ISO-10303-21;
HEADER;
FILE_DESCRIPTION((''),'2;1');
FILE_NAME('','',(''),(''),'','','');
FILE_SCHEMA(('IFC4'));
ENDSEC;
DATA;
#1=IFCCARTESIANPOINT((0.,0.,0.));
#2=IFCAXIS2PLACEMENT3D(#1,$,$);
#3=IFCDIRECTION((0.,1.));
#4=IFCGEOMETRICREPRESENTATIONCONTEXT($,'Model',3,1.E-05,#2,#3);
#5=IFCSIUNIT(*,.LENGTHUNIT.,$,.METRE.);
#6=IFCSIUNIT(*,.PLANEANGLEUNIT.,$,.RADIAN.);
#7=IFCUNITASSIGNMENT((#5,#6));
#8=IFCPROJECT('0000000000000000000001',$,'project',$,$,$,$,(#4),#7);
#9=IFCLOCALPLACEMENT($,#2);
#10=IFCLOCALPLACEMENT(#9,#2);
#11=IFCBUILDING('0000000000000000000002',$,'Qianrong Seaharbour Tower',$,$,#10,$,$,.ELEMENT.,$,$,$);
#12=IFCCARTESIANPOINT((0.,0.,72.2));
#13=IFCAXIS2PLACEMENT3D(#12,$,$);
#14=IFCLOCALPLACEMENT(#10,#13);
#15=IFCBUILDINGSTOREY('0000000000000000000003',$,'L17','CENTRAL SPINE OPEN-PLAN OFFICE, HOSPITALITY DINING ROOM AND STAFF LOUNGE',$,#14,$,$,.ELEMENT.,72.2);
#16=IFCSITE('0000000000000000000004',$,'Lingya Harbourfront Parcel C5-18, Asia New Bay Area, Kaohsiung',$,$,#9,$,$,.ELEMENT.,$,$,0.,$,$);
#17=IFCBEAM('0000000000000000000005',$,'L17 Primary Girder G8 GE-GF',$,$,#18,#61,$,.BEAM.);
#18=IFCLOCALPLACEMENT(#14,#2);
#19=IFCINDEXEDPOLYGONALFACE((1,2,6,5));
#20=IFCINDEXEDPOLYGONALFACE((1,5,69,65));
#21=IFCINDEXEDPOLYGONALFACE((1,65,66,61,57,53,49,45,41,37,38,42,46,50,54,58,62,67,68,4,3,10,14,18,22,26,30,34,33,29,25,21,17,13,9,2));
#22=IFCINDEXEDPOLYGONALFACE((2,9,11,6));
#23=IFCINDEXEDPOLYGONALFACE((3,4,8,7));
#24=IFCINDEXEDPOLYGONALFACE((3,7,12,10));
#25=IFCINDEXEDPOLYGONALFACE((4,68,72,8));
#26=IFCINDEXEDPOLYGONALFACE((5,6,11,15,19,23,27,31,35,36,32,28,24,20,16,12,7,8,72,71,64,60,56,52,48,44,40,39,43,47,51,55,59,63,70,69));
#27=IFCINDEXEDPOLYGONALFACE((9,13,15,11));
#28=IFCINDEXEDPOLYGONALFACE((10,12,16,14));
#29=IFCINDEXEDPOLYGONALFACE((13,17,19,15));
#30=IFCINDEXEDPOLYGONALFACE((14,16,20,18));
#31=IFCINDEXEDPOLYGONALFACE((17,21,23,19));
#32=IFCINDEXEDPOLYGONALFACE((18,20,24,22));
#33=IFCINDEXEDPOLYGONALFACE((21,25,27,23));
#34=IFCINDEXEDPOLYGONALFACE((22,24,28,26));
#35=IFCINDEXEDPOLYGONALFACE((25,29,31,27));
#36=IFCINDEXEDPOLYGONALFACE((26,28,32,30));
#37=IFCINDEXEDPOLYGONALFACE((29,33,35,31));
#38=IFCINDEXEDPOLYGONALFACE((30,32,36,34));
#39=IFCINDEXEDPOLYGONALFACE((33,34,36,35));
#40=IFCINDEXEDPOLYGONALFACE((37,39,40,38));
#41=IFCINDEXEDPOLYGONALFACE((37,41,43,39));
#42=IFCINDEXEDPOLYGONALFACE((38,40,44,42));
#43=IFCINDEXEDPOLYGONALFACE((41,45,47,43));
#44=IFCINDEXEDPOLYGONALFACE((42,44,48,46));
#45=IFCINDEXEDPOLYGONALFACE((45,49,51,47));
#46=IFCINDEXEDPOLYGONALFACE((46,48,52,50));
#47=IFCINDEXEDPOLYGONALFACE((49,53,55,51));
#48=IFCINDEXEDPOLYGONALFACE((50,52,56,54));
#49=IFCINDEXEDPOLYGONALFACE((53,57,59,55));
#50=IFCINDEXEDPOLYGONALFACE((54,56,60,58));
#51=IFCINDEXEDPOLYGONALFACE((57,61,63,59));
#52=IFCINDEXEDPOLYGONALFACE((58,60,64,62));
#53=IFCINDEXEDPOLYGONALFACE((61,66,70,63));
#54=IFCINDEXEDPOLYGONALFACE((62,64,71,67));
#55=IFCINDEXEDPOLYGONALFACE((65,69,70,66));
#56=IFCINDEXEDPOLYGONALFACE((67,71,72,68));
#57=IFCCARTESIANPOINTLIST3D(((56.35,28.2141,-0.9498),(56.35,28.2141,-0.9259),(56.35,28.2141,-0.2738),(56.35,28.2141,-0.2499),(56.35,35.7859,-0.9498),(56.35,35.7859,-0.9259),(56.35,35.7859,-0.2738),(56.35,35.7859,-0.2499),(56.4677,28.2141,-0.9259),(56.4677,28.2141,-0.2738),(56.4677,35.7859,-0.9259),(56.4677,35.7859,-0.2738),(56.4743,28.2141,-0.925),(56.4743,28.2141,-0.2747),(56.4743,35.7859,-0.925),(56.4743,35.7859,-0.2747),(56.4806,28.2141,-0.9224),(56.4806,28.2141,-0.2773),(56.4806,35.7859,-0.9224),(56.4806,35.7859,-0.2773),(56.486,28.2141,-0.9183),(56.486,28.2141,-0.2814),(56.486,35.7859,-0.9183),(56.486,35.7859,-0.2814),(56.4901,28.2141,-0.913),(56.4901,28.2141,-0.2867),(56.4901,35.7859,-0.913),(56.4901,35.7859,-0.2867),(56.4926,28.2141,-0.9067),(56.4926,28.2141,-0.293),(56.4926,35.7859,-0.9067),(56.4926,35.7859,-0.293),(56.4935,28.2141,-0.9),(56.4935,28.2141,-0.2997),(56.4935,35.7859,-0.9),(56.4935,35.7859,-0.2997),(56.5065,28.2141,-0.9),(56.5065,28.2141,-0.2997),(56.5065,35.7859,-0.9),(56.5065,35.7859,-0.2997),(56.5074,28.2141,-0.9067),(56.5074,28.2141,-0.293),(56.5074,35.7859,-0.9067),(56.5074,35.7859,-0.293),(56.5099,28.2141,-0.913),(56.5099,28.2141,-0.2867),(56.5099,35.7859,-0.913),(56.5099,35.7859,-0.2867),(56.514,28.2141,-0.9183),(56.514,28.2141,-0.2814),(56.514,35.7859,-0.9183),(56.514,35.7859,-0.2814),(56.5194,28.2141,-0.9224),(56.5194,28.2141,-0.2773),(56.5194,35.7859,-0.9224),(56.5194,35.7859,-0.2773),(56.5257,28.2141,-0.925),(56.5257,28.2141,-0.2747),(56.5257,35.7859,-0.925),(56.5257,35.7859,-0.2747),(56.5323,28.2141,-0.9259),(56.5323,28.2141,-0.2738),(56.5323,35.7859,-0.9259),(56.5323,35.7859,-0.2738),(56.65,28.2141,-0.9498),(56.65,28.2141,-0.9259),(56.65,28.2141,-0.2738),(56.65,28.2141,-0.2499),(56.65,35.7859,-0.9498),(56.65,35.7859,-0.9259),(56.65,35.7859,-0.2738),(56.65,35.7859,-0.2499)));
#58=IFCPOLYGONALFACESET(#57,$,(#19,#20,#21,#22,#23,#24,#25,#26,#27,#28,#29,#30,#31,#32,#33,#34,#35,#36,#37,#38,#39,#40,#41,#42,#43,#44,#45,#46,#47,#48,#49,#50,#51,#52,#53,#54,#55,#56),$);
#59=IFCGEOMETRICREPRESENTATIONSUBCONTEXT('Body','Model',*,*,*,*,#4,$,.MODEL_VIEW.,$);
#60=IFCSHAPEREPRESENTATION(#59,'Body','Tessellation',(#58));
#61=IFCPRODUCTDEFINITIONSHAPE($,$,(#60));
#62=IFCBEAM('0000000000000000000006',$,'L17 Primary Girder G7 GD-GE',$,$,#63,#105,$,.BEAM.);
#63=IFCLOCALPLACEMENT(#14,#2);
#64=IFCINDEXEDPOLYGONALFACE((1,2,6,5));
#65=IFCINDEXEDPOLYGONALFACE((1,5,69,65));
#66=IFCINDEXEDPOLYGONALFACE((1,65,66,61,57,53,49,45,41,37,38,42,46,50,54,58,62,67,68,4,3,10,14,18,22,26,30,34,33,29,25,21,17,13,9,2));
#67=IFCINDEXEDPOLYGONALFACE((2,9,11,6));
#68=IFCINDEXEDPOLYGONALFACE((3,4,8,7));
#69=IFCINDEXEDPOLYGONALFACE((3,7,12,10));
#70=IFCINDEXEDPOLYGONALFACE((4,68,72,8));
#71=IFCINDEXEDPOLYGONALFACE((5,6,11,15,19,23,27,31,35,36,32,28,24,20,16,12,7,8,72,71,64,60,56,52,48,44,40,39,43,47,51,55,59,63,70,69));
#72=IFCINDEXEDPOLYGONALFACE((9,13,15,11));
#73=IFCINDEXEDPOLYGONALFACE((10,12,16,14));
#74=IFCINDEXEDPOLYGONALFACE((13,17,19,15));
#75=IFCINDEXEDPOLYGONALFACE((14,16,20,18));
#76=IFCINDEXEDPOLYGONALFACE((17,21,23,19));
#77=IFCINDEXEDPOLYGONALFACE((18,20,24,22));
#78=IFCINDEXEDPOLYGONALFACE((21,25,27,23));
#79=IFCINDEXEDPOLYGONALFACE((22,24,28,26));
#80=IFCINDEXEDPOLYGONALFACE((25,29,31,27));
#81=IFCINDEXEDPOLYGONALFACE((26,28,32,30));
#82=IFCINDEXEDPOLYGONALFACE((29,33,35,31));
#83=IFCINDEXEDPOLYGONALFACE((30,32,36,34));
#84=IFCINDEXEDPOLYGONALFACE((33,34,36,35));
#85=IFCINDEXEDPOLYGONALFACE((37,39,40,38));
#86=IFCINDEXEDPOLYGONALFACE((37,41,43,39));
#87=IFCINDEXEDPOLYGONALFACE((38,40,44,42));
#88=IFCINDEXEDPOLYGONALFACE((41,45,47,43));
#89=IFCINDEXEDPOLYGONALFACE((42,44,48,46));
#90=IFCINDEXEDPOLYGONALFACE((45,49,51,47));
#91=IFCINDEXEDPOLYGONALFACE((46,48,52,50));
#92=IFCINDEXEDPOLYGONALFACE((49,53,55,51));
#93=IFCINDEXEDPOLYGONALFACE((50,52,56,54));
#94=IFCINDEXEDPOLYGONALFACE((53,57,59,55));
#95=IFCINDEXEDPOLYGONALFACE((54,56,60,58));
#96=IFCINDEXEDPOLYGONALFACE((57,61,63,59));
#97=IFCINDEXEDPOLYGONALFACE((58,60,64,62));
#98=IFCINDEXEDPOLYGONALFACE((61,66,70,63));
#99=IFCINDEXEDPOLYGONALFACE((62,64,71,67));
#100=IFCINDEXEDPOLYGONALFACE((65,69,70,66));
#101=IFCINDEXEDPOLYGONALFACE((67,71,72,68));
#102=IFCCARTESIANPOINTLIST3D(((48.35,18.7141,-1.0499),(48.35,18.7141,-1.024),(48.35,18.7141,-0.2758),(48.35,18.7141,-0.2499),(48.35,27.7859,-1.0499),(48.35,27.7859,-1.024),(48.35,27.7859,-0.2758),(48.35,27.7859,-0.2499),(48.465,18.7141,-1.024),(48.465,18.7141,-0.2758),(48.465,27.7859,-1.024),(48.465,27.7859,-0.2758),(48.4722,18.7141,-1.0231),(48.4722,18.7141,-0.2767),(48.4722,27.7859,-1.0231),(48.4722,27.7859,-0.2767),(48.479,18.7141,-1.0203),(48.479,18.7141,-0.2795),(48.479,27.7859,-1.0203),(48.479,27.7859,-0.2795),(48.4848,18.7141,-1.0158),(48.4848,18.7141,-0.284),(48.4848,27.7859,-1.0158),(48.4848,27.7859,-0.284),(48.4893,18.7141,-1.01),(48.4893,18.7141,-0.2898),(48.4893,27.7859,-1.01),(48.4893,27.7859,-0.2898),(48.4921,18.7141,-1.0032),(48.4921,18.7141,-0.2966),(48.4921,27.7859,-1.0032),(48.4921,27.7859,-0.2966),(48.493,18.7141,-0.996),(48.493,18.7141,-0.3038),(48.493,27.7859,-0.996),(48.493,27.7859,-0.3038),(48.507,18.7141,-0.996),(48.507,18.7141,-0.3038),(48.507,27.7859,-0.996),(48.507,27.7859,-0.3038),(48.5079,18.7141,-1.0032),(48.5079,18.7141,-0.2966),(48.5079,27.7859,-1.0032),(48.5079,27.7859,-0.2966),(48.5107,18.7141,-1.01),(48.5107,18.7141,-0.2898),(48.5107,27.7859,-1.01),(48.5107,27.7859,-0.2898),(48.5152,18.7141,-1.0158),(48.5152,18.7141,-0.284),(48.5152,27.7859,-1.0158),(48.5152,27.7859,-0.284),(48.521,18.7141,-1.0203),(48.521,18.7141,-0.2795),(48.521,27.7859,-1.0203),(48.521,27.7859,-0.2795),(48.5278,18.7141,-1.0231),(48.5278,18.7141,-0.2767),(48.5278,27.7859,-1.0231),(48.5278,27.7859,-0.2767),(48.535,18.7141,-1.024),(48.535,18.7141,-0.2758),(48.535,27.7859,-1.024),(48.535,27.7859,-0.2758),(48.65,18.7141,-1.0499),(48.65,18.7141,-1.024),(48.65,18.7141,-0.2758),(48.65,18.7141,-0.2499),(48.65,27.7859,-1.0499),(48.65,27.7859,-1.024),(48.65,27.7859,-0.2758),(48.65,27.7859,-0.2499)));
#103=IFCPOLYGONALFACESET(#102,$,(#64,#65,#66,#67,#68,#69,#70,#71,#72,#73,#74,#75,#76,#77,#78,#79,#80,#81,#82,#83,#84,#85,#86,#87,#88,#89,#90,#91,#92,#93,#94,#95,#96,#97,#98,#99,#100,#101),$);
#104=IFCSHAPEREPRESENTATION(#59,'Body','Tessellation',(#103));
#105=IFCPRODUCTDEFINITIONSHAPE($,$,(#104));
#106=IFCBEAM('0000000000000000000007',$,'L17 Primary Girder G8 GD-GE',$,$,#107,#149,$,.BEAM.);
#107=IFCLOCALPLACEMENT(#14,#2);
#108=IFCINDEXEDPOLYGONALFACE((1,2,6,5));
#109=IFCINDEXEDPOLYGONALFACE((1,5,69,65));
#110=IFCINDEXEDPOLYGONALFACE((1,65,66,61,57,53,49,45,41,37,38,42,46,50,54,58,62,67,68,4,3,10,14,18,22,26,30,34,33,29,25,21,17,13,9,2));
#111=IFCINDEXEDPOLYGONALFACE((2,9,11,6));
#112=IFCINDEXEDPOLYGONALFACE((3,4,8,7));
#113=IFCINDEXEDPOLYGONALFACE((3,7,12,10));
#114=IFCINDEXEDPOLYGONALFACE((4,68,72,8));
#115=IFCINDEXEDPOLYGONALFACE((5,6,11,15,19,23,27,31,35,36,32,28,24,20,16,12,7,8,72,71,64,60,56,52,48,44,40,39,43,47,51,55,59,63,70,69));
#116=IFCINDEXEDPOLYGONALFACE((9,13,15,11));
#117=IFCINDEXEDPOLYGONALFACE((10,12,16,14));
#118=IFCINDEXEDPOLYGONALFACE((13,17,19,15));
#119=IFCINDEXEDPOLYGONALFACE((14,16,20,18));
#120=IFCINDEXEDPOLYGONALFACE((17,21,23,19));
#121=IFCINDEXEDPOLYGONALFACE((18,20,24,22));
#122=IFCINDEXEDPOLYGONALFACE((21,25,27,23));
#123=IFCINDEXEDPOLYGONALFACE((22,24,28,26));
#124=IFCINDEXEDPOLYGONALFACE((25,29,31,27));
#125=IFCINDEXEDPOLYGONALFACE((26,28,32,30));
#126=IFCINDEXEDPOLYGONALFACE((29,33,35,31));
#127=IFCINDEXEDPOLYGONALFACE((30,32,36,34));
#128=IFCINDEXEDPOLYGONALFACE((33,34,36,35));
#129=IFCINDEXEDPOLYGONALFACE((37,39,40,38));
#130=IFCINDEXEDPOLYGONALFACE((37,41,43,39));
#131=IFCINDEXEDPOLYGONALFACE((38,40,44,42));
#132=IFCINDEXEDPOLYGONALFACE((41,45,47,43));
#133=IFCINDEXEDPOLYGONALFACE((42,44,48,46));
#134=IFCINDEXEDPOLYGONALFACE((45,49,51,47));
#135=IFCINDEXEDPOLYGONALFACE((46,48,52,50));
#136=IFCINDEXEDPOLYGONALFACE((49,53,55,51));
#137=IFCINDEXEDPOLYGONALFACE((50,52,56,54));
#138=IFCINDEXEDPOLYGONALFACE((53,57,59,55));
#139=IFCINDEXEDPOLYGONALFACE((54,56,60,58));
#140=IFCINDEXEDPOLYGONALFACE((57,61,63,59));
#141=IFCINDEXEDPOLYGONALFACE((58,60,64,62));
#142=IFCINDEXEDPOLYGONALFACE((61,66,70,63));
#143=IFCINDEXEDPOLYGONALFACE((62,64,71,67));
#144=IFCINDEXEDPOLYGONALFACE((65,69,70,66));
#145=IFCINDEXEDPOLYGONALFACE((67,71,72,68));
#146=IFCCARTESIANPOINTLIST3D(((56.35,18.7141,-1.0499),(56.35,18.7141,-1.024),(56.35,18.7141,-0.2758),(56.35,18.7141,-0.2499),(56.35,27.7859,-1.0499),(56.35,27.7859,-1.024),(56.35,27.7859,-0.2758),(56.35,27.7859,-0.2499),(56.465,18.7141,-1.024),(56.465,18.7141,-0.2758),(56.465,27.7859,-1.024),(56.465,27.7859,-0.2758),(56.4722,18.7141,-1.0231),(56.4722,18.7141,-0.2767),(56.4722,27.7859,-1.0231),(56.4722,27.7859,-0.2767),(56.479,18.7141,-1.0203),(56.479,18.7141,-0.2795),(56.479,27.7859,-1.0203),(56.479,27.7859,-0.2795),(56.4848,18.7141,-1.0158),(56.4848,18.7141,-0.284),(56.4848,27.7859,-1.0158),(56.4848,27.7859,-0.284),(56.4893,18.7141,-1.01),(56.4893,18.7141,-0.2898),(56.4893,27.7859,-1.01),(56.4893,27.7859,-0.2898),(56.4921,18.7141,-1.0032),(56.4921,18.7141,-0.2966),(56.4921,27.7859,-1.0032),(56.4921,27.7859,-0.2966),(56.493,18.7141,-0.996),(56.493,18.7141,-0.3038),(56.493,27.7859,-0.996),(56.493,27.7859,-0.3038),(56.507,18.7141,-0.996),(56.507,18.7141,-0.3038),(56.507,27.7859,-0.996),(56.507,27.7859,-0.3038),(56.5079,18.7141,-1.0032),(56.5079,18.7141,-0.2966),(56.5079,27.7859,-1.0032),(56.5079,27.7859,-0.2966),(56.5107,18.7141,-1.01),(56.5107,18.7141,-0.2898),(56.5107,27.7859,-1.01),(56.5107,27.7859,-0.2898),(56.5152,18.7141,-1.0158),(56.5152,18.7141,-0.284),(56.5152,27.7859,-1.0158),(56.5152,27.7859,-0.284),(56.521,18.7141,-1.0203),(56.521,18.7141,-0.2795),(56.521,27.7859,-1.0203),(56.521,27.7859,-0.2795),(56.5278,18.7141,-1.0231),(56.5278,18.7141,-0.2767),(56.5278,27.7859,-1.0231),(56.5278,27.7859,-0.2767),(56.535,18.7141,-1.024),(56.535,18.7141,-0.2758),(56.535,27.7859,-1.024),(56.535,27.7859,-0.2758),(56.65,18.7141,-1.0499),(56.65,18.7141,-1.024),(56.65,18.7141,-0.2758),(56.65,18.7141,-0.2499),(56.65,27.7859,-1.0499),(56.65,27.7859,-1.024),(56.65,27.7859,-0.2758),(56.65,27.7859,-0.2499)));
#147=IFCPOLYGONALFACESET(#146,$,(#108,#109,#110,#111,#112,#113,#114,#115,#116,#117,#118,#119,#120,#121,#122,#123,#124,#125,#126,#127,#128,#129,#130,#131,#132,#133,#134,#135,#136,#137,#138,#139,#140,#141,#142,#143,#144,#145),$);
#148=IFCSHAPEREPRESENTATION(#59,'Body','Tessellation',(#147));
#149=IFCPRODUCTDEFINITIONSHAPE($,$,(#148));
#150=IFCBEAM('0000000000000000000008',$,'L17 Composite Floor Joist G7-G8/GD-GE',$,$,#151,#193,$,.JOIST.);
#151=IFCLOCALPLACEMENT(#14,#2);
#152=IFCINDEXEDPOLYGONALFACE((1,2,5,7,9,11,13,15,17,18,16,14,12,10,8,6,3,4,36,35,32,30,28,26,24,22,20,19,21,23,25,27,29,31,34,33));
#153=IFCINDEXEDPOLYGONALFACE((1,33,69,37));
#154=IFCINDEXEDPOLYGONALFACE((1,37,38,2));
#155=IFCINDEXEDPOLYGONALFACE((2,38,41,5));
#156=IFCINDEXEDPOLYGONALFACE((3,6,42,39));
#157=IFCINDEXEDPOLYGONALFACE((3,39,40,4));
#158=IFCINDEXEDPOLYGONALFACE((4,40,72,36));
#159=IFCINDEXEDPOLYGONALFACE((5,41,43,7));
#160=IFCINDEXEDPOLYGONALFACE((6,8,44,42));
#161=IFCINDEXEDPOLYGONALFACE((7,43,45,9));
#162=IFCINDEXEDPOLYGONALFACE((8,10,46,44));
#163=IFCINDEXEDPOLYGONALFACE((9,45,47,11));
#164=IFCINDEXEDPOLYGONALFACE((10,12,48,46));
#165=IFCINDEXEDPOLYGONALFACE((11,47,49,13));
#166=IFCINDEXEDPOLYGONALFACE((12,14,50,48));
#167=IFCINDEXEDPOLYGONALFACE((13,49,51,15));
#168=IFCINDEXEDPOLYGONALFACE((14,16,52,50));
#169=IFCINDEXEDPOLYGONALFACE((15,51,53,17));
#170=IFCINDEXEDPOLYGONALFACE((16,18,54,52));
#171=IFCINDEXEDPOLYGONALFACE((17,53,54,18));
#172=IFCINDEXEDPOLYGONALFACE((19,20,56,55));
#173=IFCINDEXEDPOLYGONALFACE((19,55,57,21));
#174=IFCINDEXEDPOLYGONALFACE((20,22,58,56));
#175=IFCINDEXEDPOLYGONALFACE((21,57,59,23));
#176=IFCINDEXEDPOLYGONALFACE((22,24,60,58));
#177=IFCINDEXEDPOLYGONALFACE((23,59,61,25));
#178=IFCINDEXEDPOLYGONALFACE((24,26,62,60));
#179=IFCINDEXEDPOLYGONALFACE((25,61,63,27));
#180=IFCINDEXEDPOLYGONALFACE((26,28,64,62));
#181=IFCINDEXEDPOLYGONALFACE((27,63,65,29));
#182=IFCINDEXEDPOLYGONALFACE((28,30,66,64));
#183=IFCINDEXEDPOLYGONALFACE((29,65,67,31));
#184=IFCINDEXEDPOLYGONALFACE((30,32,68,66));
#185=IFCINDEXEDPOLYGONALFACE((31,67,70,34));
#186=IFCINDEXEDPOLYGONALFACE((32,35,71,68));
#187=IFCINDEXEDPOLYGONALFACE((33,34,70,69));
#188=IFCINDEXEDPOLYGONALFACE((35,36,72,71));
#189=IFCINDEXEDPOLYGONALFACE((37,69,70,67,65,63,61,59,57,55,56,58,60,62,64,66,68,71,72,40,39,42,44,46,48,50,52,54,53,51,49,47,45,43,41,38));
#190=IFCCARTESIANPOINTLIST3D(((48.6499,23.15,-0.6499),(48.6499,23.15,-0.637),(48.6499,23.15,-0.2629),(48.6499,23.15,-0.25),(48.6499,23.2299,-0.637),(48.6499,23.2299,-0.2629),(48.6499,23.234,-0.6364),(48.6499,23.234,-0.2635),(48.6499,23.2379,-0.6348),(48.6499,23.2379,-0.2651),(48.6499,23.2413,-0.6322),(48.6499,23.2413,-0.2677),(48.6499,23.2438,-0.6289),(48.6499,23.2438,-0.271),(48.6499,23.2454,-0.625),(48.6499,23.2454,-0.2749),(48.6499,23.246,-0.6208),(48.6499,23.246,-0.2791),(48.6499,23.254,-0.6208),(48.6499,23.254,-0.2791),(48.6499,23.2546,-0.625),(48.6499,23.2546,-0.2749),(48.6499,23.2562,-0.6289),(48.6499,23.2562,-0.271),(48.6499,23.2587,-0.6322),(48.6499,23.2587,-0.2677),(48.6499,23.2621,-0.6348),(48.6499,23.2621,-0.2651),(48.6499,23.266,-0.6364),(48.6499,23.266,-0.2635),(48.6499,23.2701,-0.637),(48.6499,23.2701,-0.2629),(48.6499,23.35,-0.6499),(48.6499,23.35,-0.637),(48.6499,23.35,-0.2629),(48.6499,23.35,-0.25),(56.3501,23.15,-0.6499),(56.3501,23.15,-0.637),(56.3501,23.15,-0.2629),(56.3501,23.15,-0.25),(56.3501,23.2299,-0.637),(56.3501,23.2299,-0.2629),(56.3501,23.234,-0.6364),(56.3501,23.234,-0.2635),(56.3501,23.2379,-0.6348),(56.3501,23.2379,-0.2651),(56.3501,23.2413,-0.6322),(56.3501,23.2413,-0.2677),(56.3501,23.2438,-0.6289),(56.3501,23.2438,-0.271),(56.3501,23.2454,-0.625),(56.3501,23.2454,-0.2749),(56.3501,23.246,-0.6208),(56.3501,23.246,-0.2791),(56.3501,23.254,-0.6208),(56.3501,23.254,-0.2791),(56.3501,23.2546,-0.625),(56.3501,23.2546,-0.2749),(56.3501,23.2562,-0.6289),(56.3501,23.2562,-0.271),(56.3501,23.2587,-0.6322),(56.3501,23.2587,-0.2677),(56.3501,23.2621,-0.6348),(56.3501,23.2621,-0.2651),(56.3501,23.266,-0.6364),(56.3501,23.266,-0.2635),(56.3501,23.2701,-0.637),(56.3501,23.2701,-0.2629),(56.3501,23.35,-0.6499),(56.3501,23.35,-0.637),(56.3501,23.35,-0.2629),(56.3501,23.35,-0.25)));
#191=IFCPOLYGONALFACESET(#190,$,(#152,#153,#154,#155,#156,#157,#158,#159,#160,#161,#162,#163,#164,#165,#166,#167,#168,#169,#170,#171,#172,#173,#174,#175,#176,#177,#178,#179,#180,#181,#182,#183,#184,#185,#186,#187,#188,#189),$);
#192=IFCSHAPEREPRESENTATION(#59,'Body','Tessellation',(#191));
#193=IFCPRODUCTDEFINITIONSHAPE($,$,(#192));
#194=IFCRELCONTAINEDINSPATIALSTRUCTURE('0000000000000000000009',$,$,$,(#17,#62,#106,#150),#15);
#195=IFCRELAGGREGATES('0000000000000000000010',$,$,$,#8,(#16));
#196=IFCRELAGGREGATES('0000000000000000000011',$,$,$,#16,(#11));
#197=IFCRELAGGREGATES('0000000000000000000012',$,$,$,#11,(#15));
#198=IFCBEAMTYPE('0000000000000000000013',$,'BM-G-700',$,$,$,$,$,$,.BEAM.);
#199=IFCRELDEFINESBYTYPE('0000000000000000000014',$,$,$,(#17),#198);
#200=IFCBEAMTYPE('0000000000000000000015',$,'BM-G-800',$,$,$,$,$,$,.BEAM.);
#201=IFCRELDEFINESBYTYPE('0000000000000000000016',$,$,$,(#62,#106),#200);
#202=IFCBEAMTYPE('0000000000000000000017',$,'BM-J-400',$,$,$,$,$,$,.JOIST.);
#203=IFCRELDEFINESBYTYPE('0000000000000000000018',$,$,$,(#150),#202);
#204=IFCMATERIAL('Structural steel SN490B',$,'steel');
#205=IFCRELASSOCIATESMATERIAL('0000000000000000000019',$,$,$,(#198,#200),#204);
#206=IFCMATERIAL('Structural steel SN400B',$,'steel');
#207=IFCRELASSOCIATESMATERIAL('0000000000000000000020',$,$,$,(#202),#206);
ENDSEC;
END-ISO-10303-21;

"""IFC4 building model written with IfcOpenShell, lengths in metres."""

from ifc_helpers import new_model, si_unit, direction, frame, origin, origin_2d, place, context, subcontext, project, spatial, i_section, extrude, material, material_profile, profile_set, type_object, element, save


model = new_model("IFC4")

# Units and contexts
model_context = context("Model", 3, precision=1e-05, world=origin(), true_north=direction((0.0, 1.0)))
body_context = subcontext(model_context, "Body", "Model", "MODEL_VIEW")
ifc_project = project(units=[si_unit("LENGTHUNIT", "METRE"), si_unit("PLANEANGLEUNIT", "RADIAN")], contexts=[model_context])

# Site, building, storey
site_placement = place(None, origin())
site = spatial("IfcSite", under=ifc_project, at=site_placement, Name="Lingya Harbourfront Parcel C5-18, Asia New Bay Area, Kaohsiung", CompositionType="ELEMENT", RefElevation=0.0)
building_placement = place(site_placement, origin())
building = spatial("IfcBuilding", under=site, at=building_placement, Name="Qianrong Seaharbour Tower", CompositionType="ELEMENT")
storey_placement = place(building_placement, frame((0.0, 0.0, 72.2)))
storey = spatial("IfcBuildingStorey", under=building, at=storey_placement, Name="L17", Description="CENTRAL SPINE OPEN-PLAN OFFICE, HOSPITALITY DINING ROOM AND STAFF LOUNGE", CompositionType="ELEMENT", Elevation=72.2)

# Shared definitions
ifc_material_1 = material(Name="Structural steel SN490B", Category="steel")

# Beams
ifc_material_profile_1 = material_profile(ifc_material_1, i_section(OverallWidth=0.3, OverallDepth=0.7, WebThickness=0.0129, FlangeThickness=0.0239, FilletRadius=0.0259, at=origin_2d()), Name="H700x300x13x24")
ifc_profile_set_1 = profile_set([ifc_material_profile_1], Name="Structural steel SN490B")
beam_type_1 = type_object("IfcBeamType", Name="BM-G-700", PredefinedType="BEAM", material=ifc_profile_set_1)
for number, where, z_axis, x_axis, name in (
    (1, (56.5, 28.2141, -0.5999), (0.0, 1.0, 0.0), (-1.0, 0.0, 0.0), "L17 Primary Girder G8 GE-GF"),
):
    element("IfcBeam", number, at=place(storey_placement, frame(where, z_axis=z_axis, x_axis=x_axis)), inside=storey, type_object=beam_type_1, Name=name, PredefinedType="BEAM", context=body_context, shape_type="SweptSolid", body=[
        extrude(i_section(OverallWidth=0.3, OverallDepth=0.7, WebThickness=0.0129, FlangeThickness=0.0239, FilletRadius=0.0259, at=origin_2d()), origin(), (0.0, 0.0, 1.0), 7.5718),
    ])
ifc_material_profile_2 = material_profile(ifc_material_1, i_section(OverallWidth=0.3, OverallDepth=0.8, WebThickness=0.0139, FlangeThickness=0.0259, FilletRadius=0.0281, at=origin_2d()), Name="H800x300x14x26")
ifc_profile_set_2 = profile_set([ifc_material_profile_2], Name="Structural steel SN490B")
beam_type_2 = type_object("IfcBeamType", Name="BM-G-800", PredefinedType="BEAM", material=ifc_profile_set_2)
for number, where, z_axis, x_axis, name in (
    (2, (48.5, 18.7141, -0.6499), (0.0, 1.0, 0.0), (-1.0, 0.0, 0.0), "L17 Primary Girder G7 GD-GE"),
    (3, (56.5, 18.7141, -0.6499), (0.0, 1.0, 0.0), (-1.0, 0.0, 0.0), "L17 Primary Girder G8 GD-GE"),
):
    element("IfcBeam", number, at=place(storey_placement, frame(where, z_axis=z_axis, x_axis=x_axis)), inside=storey, type_object=beam_type_2, Name=name, PredefinedType="BEAM", context=body_context, shape_type="SweptSolid", body=[
        extrude(i_section(OverallWidth=0.3, OverallDepth=0.8, WebThickness=0.0139, FlangeThickness=0.0259, FilletRadius=0.0281, at=origin_2d()), origin(), (0.0, 0.0, 1.0), 9.0718),
    ])
ifc_material_2 = material(Name="Structural steel SN400B", Category="steel")
ifc_material_profile_3 = material_profile(ifc_material_2, i_section(OverallWidth=0.2, OverallDepth=0.3999, WebThickness=0.0081, FlangeThickness=0.0129, FilletRadius=0.0161, at=origin_2d()), Name="H400x200x8x13")
ifc_profile_set_3 = profile_set([ifc_material_profile_3], Name="Structural steel SN400B")
beam_type_3 = type_object("IfcBeamType", Name="BM-J-400", PredefinedType="JOIST", material=ifc_profile_set_3)
for number, where, z_axis, x_axis, name in (
    (4, (48.6499, 23.25, -0.45), (1.0, 0.0, 0.0), (0.0, 1.0, 0.0), "L17 Composite Floor Joist G7-G8/GD-GE"),
):
    element("IfcBeam", number, at=place(storey_placement, frame(where, z_axis=z_axis, x_axis=x_axis)), inside=storey, type_object=beam_type_3, Name=name, PredefinedType="JOIST", context=body_context, shape_type="SweptSolid", body=[
        extrude(i_section(OverallWidth=0.2, OverallDepth=0.3999, WebThickness=0.0081, FlangeThickness=0.0129, FilletRadius=0.0161, at=origin_2d()), origin(), (0.0, 0.0, 1.0), 7.7002),
    ])

save(model, "model.ifc")
